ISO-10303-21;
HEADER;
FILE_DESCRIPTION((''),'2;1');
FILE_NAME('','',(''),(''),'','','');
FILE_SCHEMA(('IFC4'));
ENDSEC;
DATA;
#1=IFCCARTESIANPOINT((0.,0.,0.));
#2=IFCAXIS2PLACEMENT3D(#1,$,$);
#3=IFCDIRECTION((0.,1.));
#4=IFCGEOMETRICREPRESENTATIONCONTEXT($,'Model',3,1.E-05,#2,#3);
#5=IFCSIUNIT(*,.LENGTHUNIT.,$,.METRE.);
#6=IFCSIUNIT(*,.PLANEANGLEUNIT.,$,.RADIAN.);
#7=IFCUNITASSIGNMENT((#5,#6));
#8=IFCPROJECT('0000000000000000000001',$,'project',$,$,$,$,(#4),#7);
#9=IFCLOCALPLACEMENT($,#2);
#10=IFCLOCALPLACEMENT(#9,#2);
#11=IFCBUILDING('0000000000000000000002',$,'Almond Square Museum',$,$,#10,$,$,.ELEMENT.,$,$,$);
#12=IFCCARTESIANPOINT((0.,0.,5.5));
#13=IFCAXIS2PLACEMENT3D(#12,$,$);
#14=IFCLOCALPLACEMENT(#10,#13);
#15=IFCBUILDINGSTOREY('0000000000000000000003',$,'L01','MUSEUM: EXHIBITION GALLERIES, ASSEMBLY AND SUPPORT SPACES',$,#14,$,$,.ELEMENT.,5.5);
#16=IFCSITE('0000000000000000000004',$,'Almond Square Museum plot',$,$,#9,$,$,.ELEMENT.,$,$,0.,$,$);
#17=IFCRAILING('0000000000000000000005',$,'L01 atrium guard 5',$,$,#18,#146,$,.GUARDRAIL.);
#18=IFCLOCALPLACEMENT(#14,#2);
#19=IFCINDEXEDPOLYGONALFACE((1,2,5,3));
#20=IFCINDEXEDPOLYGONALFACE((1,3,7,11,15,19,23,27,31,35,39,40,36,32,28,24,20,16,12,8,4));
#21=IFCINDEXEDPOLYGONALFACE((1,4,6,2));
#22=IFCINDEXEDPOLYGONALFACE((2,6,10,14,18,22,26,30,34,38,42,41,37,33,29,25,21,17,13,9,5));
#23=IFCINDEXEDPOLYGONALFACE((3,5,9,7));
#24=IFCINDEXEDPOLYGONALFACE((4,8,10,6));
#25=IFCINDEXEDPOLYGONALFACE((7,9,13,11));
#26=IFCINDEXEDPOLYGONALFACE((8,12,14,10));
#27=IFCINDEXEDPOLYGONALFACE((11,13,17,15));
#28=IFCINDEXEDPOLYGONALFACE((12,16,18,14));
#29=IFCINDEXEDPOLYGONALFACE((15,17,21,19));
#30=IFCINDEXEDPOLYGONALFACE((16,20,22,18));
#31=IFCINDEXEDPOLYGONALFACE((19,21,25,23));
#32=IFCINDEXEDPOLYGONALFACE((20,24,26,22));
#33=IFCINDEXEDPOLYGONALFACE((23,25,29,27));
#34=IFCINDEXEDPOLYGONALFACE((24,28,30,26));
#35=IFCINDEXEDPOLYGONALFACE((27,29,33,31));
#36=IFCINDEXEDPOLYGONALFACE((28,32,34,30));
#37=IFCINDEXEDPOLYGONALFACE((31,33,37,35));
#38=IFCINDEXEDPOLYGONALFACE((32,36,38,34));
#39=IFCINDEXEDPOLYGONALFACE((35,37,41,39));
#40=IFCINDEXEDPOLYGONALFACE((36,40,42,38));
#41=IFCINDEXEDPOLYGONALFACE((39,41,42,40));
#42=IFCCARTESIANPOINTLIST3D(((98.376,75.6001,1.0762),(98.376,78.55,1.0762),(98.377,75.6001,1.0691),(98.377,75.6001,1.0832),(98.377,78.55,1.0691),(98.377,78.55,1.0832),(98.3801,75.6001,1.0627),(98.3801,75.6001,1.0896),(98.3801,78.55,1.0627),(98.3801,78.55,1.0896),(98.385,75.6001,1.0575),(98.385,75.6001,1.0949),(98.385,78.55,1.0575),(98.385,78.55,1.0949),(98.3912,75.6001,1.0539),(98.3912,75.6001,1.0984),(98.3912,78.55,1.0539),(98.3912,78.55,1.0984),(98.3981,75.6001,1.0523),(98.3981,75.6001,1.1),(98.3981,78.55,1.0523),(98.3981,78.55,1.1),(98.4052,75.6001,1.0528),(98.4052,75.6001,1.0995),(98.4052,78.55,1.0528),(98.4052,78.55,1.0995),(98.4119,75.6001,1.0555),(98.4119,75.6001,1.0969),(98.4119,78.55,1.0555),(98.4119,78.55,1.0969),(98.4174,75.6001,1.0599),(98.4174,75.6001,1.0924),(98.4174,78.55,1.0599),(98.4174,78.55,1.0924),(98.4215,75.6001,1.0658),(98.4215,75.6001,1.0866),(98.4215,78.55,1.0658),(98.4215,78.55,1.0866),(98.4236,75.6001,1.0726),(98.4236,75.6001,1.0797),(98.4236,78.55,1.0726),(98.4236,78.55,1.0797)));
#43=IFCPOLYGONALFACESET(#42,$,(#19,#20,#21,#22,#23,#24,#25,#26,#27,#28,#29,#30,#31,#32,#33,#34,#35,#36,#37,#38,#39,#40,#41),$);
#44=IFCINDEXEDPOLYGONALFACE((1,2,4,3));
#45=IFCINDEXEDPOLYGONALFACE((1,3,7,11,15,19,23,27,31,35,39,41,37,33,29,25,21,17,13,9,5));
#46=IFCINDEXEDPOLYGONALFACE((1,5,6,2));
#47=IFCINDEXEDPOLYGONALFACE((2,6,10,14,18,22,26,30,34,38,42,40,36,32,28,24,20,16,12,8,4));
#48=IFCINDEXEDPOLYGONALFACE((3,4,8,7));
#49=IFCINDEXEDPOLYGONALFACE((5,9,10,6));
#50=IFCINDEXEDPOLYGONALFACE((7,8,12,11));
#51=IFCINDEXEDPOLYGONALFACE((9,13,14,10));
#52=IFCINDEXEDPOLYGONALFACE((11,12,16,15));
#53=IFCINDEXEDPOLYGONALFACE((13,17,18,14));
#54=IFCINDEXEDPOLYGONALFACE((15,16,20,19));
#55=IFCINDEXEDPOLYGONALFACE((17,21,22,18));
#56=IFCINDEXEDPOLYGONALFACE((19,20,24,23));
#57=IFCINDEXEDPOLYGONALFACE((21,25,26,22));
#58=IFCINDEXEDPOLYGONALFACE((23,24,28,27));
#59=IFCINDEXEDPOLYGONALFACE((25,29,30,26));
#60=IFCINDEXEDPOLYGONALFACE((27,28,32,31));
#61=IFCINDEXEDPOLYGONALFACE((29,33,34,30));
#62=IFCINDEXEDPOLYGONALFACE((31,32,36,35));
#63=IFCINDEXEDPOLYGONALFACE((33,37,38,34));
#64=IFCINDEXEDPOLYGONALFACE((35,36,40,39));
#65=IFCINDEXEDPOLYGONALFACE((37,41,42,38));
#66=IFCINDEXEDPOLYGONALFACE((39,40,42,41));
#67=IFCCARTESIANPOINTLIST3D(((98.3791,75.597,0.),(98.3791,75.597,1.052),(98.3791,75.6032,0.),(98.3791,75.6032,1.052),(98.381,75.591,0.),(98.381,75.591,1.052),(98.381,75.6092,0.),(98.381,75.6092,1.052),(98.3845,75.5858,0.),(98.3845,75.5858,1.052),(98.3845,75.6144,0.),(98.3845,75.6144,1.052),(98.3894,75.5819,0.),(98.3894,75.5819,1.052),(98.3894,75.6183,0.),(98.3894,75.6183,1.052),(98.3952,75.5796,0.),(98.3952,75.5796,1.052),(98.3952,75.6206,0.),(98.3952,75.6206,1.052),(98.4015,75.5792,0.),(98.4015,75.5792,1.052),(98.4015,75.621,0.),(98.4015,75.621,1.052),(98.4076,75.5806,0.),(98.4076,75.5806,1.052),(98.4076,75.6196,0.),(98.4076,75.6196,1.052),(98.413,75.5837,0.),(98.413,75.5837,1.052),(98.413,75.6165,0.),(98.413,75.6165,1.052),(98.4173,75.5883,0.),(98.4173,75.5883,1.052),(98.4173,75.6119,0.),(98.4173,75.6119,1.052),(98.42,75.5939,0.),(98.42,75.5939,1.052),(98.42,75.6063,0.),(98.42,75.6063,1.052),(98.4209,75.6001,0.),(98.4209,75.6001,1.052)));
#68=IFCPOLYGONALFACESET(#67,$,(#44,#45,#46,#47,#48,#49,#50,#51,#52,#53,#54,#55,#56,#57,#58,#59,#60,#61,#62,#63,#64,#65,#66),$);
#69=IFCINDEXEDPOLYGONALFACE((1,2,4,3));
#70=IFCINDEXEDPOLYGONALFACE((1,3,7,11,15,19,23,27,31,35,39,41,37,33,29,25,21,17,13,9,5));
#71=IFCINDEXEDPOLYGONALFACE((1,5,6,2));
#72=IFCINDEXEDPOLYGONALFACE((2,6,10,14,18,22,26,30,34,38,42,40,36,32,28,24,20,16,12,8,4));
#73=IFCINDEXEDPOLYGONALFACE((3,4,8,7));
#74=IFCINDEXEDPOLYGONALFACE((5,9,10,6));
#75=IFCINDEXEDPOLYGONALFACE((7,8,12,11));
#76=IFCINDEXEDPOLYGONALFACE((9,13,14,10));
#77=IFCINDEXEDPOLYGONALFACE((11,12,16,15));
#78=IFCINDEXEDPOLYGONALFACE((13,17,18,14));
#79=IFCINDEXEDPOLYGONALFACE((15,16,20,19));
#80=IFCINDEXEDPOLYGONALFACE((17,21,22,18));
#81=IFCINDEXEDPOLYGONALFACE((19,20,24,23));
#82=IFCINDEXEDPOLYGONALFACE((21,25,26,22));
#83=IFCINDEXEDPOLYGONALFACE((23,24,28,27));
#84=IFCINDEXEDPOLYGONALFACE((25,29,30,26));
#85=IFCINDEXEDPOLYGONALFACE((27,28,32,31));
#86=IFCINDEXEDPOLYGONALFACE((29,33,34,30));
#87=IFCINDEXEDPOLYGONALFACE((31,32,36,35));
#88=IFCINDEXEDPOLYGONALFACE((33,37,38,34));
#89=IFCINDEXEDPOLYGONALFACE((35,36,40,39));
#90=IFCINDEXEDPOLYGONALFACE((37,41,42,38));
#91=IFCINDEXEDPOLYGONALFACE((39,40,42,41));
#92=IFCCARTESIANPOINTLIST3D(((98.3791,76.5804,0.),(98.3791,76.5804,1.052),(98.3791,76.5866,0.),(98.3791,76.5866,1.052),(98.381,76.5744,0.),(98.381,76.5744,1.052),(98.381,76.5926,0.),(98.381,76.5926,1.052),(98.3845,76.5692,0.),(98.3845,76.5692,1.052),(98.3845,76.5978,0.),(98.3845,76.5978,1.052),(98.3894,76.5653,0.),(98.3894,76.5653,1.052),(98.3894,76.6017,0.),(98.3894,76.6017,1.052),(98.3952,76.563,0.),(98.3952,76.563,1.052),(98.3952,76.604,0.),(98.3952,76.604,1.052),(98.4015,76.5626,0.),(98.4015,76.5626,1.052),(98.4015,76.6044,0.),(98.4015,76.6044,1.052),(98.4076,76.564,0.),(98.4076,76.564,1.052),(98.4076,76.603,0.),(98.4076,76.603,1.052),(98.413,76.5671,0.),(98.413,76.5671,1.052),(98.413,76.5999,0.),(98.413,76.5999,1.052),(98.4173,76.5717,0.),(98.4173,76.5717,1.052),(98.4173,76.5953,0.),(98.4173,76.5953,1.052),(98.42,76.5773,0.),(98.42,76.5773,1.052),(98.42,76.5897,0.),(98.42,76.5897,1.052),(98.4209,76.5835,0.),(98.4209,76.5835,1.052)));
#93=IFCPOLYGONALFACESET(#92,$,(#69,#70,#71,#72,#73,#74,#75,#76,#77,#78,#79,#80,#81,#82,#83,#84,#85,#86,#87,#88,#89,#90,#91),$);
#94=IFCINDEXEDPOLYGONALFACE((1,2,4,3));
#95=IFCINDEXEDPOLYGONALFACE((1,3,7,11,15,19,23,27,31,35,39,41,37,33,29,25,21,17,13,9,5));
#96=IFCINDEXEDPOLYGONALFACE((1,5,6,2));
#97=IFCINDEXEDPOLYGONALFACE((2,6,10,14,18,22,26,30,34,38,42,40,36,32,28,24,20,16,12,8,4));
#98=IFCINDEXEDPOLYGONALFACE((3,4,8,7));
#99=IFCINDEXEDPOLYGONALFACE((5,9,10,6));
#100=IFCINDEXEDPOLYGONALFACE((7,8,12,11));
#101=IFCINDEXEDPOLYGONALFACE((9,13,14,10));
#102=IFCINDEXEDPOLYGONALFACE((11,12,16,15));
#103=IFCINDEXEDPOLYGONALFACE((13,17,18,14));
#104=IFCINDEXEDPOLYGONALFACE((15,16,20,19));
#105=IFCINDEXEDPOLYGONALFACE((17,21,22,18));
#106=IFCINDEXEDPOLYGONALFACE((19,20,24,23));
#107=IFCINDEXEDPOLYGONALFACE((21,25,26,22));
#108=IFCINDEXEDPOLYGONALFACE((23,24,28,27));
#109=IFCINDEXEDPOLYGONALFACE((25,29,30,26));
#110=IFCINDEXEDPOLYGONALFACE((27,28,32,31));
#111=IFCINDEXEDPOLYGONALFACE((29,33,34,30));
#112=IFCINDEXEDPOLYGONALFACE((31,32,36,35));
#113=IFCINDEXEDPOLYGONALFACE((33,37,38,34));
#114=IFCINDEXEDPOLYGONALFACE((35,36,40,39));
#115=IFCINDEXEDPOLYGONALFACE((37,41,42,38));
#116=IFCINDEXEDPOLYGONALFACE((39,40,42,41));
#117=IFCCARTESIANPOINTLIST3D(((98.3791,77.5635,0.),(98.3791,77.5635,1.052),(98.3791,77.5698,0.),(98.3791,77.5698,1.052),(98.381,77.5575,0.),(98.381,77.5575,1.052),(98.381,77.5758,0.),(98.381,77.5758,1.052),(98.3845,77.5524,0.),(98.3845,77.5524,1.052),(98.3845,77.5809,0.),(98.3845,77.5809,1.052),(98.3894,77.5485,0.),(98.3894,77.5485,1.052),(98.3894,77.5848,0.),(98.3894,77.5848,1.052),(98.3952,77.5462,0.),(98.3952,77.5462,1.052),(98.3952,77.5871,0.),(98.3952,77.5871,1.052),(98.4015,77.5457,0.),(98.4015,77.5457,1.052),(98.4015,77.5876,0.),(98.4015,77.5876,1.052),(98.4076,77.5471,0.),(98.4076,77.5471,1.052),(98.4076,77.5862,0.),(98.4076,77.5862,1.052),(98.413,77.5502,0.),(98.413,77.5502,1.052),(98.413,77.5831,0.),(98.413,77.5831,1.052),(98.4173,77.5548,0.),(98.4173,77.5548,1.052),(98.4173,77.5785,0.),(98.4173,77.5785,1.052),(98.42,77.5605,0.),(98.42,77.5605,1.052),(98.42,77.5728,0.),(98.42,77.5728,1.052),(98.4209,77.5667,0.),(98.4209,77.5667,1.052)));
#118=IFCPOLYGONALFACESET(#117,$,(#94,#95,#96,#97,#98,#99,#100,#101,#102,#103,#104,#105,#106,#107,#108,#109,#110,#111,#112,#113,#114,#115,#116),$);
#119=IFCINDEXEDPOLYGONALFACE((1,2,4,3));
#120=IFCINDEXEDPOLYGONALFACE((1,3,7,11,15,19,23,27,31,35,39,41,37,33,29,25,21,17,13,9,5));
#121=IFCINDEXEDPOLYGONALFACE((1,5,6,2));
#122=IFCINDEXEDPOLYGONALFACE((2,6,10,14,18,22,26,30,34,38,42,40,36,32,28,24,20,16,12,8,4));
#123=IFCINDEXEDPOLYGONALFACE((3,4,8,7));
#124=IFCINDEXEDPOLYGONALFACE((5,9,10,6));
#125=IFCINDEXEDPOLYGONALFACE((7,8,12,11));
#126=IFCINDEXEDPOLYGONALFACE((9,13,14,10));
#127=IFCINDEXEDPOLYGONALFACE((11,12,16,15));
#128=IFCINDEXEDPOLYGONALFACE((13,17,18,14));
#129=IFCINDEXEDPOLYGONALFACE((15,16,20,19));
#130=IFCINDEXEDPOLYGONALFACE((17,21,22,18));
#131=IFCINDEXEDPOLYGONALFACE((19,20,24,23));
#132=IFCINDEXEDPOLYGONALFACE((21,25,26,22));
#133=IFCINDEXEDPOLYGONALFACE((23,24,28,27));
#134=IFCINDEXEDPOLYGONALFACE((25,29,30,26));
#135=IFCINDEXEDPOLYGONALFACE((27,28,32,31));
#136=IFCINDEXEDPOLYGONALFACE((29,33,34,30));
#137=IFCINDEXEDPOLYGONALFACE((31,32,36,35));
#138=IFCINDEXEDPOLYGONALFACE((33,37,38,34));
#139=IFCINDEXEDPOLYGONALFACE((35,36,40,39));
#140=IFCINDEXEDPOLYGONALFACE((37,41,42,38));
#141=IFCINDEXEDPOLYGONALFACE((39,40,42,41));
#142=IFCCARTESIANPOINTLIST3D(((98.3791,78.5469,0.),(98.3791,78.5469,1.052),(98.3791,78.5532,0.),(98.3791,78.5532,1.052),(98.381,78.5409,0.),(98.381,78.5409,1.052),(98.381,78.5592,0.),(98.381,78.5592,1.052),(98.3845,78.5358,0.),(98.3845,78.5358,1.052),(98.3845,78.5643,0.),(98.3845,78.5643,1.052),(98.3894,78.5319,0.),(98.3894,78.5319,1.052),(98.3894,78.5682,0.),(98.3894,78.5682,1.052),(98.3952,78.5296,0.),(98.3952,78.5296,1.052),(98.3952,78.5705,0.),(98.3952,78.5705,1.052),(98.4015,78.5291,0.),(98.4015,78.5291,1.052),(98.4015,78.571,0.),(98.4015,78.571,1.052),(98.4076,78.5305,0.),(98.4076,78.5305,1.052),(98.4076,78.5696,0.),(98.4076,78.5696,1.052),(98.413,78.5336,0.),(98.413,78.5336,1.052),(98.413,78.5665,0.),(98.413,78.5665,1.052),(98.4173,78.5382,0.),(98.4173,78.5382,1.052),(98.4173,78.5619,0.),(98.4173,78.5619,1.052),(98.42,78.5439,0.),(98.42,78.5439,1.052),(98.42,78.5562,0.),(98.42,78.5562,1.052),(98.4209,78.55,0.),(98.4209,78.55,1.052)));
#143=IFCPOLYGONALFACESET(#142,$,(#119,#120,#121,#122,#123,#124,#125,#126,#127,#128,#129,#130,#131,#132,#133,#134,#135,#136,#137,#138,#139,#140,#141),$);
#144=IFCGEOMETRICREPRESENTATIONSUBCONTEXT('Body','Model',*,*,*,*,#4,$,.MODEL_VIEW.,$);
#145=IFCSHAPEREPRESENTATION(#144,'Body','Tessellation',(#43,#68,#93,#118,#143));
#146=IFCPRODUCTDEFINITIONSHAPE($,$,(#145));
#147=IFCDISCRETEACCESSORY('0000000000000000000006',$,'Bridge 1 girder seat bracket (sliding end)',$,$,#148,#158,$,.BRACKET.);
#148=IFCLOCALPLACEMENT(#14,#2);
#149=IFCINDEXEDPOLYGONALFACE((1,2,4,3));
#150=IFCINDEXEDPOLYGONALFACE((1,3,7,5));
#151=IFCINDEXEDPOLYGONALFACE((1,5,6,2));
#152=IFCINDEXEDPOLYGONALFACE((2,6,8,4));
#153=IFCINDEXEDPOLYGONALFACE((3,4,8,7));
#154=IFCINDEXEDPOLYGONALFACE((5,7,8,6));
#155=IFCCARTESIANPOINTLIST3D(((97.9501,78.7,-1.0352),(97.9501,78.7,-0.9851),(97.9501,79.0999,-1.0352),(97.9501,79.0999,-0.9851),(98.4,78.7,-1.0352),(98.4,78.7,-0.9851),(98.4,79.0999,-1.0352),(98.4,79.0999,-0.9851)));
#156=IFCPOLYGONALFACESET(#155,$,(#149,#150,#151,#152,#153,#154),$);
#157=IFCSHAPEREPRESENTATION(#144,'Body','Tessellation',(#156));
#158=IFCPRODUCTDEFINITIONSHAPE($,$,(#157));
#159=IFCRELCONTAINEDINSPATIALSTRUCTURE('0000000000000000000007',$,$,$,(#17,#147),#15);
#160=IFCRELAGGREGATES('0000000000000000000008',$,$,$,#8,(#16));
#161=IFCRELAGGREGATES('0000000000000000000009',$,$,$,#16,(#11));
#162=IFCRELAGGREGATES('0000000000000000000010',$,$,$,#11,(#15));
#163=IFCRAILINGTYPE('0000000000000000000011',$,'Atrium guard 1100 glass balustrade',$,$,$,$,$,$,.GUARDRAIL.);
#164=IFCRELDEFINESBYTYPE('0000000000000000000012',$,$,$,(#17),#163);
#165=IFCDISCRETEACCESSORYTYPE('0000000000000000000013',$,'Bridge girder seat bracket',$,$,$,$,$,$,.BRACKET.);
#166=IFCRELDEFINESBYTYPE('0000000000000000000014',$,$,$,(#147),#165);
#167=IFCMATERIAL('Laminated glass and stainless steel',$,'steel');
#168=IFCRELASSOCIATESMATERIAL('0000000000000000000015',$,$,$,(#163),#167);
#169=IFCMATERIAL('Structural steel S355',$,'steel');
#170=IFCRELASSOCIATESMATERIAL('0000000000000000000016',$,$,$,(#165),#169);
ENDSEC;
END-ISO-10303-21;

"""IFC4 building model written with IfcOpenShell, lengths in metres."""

from ifc_helpers import new_model, si_unit, direction, frame, origin, origin_2d, place, context, subcontext, project, spatial, rectangle, circle, extrude, material, type_object, element, save


model = new_model("IFC4")

# Units and contexts
model_context = context("Model", 3, precision=1e-05, world=origin(), true_north=direction((0.0, 1.0)))
body_context = subcontext(model_context, "Body", "Model", "MODEL_VIEW")
ifc_project = project(units=[si_unit("LENGTHUNIT", "METRE"), si_unit("PLANEANGLEUNIT", "RADIAN")], contexts=[model_context])

# Site, building, storey
site_placement = place(None, origin())
site = spatial("IfcSite", under=ifc_project, at=site_placement, Name="Almond Square Museum plot", CompositionType="ELEMENT", RefElevation=0.0)
building_placement = place(site_placement, origin())
building = spatial("IfcBuilding", under=site, at=building_placement, Name="Almond Square Museum", CompositionType="ELEMENT")
storey_placement = place(building_placement, frame((0.0, 0.0, 5.5)))
storey = spatial("IfcBuildingStorey", under=building, at=storey_placement, Name="L01", Description="MUSEUM: EXHIBITION GALLERIES, ASSEMBLY AND SUPPORT SPACES", CompositionType="ELEMENT", Elevation=5.5)

# Railing
ifc_material_1 = material(Name="Laminated glass and stainless steel", Category="steel")
railing_type = type_object("IfcRailingType", Name="Atrium guard 1100 glass balustrade", PredefinedType="GUARDRAIL", material=ifc_material_1)
railing_placement = place(storey_placement, frame((98.3999, 75.6001, 0.0)))
element("IfcRailing", 1, at=railing_placement, inside=storey, type_object=railing_type, Name="L01 atrium guard 5", PredefinedType="GUARDRAIL", context=body_context, shape_type="SweptSolid", body=[
    extrude(circle(Radius=0.0239, at=origin_2d()), frame((0.0, 0.0, 1.0762), z_axis=(0.0, 1.0, 0.0), x_axis=(-1.0, 0.0, 0.0)), (0.0, 0.0, 1.0), 2.95),
    extrude(circle(Radius=0.021, at=origin_2d()), origin(), (0.0, 0.0, 1.0), 1.052),
    extrude(circle(Radius=0.021, at=origin_2d()), frame((0.0, 0.9834, 0.0)), (0.0, 0.0, 1.0), 1.052),
    extrude(circle(Radius=0.021, at=origin_2d()), frame((0.0, 1.9666, 0.0)), (0.0, 0.0, 1.0), 1.052),
    extrude(circle(Radius=0.021, at=origin_2d()), frame((0.0, 2.95, 0.0)), (0.0, 0.0, 1.0), 1.052),
])

# Discrete accessory
ifc_material_2 = material(Name="Structural steel S355", Category="steel")
discrete_accessory_type = type_object("IfcDiscreteAccessoryType", Name="Bridge girder seat bracket", PredefinedType="BRACKET", material=ifc_material_2)
discrete_accessory_placement = place(storey_placement, frame((98.175, 78.8999, -1.0352), z_axis=(0.0, 0.0, 1.0), x_axis=(1.0, 0.0, 0.0)))
element("IfcDiscreteAccessory", 2, at=discrete_accessory_placement, inside=storey, type_object=discrete_accessory_type, Name="Bridge 1 girder seat bracket (sliding end)", PredefinedType="BRACKET", context=body_context, shape_type="SweptSolid", body=[
    extrude(rectangle(XDim=0.45, YDim=0.3999, at=origin_2d()), origin(), (0.0, 0.0, 1.0), 0.05),
])

save(model, "model.ifc")
